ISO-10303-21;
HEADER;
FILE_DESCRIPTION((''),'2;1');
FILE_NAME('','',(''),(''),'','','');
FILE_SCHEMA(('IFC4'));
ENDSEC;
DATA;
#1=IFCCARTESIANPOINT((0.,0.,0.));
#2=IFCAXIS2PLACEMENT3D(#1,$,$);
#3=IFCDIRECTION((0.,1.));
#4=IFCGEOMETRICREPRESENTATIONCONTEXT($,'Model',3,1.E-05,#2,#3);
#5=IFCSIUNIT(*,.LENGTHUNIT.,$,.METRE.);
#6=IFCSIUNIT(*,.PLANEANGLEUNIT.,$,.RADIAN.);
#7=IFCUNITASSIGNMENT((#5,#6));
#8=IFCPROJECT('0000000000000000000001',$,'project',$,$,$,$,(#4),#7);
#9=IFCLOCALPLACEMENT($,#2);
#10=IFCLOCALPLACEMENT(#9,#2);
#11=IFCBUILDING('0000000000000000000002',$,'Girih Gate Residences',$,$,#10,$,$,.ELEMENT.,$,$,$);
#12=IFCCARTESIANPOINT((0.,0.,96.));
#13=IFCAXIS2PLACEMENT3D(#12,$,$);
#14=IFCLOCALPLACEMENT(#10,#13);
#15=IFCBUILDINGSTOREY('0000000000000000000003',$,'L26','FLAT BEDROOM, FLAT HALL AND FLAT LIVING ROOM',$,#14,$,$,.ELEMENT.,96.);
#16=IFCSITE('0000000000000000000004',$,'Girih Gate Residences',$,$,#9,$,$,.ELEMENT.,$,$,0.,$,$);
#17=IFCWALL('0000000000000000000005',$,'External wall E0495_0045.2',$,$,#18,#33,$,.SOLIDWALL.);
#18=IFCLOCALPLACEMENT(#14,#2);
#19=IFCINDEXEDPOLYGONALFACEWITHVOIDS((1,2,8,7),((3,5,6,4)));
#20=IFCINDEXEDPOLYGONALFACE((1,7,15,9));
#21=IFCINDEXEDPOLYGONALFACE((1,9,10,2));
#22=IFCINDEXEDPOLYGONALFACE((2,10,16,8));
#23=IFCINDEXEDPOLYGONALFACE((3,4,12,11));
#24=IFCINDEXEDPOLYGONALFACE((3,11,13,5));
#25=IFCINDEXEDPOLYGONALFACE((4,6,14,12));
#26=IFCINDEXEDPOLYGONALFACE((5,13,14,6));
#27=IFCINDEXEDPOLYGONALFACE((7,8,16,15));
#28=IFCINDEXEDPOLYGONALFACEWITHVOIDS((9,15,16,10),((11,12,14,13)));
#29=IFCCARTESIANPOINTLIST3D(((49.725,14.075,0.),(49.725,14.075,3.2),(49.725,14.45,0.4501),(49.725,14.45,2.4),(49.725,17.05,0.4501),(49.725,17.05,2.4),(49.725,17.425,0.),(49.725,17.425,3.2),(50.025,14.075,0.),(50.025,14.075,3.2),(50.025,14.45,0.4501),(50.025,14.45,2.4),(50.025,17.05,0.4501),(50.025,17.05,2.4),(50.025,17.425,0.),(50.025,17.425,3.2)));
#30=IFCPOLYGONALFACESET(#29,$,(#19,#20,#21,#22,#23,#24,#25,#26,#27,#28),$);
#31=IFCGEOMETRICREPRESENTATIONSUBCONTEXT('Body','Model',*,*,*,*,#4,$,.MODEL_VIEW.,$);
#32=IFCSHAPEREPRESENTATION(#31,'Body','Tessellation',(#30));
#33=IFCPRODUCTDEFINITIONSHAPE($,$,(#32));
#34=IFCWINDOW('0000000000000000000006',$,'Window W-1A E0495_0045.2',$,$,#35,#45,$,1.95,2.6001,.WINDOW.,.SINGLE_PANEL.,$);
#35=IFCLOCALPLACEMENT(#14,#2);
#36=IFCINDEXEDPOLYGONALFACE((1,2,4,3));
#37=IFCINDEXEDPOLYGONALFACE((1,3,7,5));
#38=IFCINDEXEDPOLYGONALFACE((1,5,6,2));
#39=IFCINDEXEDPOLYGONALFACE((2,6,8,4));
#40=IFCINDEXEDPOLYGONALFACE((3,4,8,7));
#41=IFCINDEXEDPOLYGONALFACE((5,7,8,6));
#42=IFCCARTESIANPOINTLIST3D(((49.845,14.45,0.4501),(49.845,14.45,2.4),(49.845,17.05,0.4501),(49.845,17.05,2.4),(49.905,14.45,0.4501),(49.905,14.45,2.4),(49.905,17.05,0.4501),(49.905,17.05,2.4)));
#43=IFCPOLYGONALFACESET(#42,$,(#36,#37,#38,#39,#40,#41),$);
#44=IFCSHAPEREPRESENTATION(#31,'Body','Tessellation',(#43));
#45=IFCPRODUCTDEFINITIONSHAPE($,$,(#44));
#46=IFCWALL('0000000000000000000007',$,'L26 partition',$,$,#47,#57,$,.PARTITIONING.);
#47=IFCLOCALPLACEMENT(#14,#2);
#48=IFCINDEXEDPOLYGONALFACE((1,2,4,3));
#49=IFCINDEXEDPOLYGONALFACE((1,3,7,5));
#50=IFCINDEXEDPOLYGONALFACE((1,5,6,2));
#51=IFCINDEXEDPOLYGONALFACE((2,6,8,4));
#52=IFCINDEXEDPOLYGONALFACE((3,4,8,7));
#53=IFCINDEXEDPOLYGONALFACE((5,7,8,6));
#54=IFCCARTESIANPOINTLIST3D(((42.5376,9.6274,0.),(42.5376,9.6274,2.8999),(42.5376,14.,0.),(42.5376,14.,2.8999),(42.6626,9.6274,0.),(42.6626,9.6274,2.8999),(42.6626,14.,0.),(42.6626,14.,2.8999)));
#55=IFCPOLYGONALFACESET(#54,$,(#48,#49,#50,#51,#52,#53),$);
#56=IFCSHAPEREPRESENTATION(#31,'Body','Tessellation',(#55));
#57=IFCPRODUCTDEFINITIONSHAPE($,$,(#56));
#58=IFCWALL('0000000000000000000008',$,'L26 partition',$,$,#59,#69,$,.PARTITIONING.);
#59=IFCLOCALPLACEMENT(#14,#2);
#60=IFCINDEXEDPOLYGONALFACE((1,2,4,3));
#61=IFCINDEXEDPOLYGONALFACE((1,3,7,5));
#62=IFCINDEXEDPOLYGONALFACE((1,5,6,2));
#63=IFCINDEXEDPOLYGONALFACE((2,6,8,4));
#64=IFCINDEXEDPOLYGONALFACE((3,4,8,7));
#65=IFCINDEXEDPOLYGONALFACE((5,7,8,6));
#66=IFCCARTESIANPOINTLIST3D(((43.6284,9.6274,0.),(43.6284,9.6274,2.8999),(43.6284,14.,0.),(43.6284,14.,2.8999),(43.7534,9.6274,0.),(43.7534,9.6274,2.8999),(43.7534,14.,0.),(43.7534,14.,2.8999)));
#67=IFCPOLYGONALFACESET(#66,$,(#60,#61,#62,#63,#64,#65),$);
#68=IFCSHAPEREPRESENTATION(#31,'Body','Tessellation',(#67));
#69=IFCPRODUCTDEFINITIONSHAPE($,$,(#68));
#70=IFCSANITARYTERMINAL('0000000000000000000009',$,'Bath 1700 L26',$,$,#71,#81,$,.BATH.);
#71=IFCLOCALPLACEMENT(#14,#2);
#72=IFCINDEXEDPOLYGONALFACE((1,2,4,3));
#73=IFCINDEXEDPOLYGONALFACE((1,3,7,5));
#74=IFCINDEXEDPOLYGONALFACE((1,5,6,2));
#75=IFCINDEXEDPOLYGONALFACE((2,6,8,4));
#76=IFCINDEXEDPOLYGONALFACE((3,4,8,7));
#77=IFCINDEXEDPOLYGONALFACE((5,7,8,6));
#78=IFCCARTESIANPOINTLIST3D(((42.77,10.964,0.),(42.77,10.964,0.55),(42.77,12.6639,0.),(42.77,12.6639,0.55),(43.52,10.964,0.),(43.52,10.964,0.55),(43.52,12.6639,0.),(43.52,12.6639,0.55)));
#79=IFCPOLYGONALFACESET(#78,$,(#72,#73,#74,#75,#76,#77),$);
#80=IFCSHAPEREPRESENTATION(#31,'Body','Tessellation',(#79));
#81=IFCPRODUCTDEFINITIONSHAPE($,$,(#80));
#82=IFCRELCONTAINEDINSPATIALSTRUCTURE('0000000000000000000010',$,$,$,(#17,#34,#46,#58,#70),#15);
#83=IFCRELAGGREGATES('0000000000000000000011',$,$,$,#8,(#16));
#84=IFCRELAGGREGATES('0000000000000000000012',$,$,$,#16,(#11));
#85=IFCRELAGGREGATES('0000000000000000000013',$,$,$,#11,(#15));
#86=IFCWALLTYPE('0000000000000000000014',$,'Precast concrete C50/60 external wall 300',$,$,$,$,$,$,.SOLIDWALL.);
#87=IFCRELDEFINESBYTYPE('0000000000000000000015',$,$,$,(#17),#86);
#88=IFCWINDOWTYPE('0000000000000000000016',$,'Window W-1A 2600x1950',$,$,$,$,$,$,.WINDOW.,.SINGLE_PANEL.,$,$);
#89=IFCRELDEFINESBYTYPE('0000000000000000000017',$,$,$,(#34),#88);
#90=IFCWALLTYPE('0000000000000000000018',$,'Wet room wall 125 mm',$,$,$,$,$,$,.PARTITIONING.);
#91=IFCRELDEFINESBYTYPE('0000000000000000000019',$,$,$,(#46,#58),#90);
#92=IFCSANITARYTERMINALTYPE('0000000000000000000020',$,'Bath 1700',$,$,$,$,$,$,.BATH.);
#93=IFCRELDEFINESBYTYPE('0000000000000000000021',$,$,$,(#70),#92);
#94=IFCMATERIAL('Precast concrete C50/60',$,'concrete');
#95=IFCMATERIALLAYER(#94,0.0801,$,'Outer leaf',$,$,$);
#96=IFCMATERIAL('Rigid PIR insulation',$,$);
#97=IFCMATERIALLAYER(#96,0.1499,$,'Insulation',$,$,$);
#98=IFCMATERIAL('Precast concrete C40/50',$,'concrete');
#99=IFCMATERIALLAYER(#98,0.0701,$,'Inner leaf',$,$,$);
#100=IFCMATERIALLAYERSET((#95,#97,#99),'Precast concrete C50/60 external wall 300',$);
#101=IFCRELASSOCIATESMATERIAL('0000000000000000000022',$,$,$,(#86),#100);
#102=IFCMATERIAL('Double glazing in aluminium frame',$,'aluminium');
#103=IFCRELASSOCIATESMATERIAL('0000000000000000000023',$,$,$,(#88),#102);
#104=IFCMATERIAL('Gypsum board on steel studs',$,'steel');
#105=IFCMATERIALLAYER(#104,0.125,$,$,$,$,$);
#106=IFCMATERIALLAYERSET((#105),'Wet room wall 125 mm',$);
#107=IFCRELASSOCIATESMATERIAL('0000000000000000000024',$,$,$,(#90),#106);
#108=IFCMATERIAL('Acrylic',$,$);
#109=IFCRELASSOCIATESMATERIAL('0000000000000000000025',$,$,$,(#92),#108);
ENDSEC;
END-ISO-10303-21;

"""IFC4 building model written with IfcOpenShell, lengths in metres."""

from ifc_helpers import new_model, si_unit, direction, frame, frame_2d, origin, origin_2d, place, context, subcontext, project, spatial, rectangle, extrude, material, layer, layer_set, type_object, element, fill, save


model = new_model("IFC4")

# Units and contexts
model_context = context("Model", 3, precision=1e-05, world=origin(), true_north=direction((0.0, 1.0)))
body_context = subcontext(model_context, "Body", "Model", "MODEL_VIEW")
ifc_project = project(units=[si_unit("LENGTHUNIT", "METRE"), si_unit("PLANEANGLEUNIT", "RADIAN")], contexts=[model_context])

# Site, building, storey
site_placement = place(None, origin())
site = spatial("IfcSite", under=ifc_project, at=site_placement, Name="Girih Gate Residences", CompositionType="ELEMENT", RefElevation=0.0)
building_placement = place(site_placement, origin())
building = spatial("IfcBuilding", under=site, at=building_placement, Name="Girih Gate Residences", CompositionType="ELEMENT")
storey_placement = place(building_placement, frame((0.0, 0.0, 96.0)))
storey = spatial("IfcBuildingStorey", under=building, at=storey_placement, Name="L26", Description="FLAT BEDROOM, FLAT HALL AND FLAT LIVING ROOM", CompositionType="ELEMENT", Elevation=96.0)

# Shared definitions
ifc_material_1 = material(Name="Gypsum board on steel studs", Category="steel")

# Wall, opening, window
ifc_material_2 = material(Name="Precast concrete C50/60", Category="concrete")
ifc_layer_1 = layer(ifc_material_2, 0.0801, Name="Outer leaf")
ifc_material_3 = material(Name="Rigid PIR insulation")
ifc_layer_2 = layer(ifc_material_3, 0.1499, Name="Insulation")
ifc_material_4 = material(Name="Precast concrete C40/50", Category="concrete")
ifc_layer_3 = layer(ifc_material_4, 0.0701, Name="Inner leaf")
ifc_layer_set_1 = layer_set([ifc_layer_1, ifc_layer_2, ifc_layer_3], Name="Precast concrete C50/60 external wall 300")
wall_type_1 = type_object("IfcWallType", Name="Precast concrete C50/60 external wall 300", PredefinedType="SOLIDWALL", material=ifc_layer_set_1)
ifc_material_5 = material(Name="Double glazing in aluminium frame", Category="aluminium")
window_type = type_object("IfcWindowType", Name="Window W-1A 2600x1950", PartitioningType="SINGLE_PANEL", PredefinedType="WINDOW", material=ifc_material_5)
wall_1_placement = place(storey_placement, frame((49.875, 17.425, 0.0), z_axis=(0.0, 0.0, 1.0), x_axis=(0.0, -1.0, 0.0)))
wall_1 = element("IfcWall", 1, at=wall_1_placement, inside=storey, type_object=wall_type_1, Name="External wall E0495_0045.2", PredefinedType="SOLIDWALL", context=body_context, shape_type="SweptSolid", body=[
    extrude(rectangle(XDim=3.3501, YDim=0.3, at=frame_2d((1.675, 0.0))), origin(), (0.0, 0.0, 1.0), 3.2),
])
opening_1_placement = place(wall_1_placement, frame((0.375, 0.0, 0.45)))
opening_1 = element("IfcOpeningElement", 2, at=opening_1_placement, cuts=wall_1, PredefinedType="OPENING", context=body_context, shape_type="SweptSolid", body=[
    extrude(rectangle(XDim=2.6001, YDim=1.95, at=frame_2d((1.3, 0.9751))), frame((0.0, 0.1599, 0.0), z_axis=(0.0, -1.0, 0.0), x_axis=(1.0, 0.0, 0.0)), (0.0, 0.0, 1.0), 0.3201),
])
window_1_placement = place(opening_1_placement, origin())
window_1 = element("IfcWindow", 3, at=window_1_placement, inside=storey, type_object=window_type, Name="Window W-1A E0495_0045.2", OverallHeight=1.95, OverallWidth=2.6001, PartitioningType="SINGLE_PANEL", PredefinedType="WINDOW", context=body_context, shape_type="SweptSolid", body=[
    extrude(rectangle(XDim=2.6001, YDim=1.95, at=frame_2d((1.3, 0.9751))), frame((0.0, 0.03, 0.0), z_axis=(0.0, -1.0, 0.0), x_axis=(1.0, 0.0, 0.0)), (0.0, 0.0, 1.0), 0.0601),
])
fill(opening_1, window_1)

# Walls
ifc_layer_4 = layer(ifc_material_1, 0.125)
ifc_layer_set_2 = layer_set([ifc_layer_4], Name="Wet room wall 125 mm")
wall_type_2 = type_object("IfcWallType", Name="Wet room wall 125 mm", PredefinedType="PARTITIONING", material=ifc_layer_set_2)
for number, where, z_axis, x_axis, name in (
    (4, (42.6001, 9.6274, 0.0), (0.0, 0.0, 1.0), (0.0, 1.0, 0.0), "L26 partition"),
    (5, (43.6909, 9.6274, 0.0), (0.0, 0.0, 1.0), (0.0, 1.0, 0.0), "L26 partition"),
):
    element("IfcWall", number, at=place(storey_placement, frame(where, z_axis=z_axis, x_axis=x_axis)), inside=storey, type_object=wall_type_2, Name=name, PredefinedType="PARTITIONING", context=body_context, shape_type="SweptSolid", body=[
        extrude(rectangle(XDim=4.3726, YDim=0.125, at=frame_2d((2.1863, 0.0))), origin(), (0.0, 0.0, 1.0), 2.8999),
    ])

# Sanitary terminal
ifc_material_6 = material(Name="Acrylic")
sanitary_terminal_type = type_object("IfcSanitaryTerminalType", Name="Bath 1700", PredefinedType="BATH", material=ifc_material_6)
sanitary_terminal_placement = place(storey_placement, frame((43.145, 11.814, 0.0), z_axis=(0.0, 0.0, 1.0), x_axis=(1.0, 0.0, 0.0)))
element("IfcSanitaryTerminal", 6, at=sanitary_terminal_placement, inside=storey, type_object=sanitary_terminal_type, Name="Bath 1700 L26", PredefinedType="BATH", context=body_context, shape_type="SweptSolid", body=[
    extrude(rectangle(XDim=0.75, YDim=1.7, at=origin_2d()), origin(), (0.0, 0.0, 1.0), 0.55),
])

save(model, "model.ifc")
